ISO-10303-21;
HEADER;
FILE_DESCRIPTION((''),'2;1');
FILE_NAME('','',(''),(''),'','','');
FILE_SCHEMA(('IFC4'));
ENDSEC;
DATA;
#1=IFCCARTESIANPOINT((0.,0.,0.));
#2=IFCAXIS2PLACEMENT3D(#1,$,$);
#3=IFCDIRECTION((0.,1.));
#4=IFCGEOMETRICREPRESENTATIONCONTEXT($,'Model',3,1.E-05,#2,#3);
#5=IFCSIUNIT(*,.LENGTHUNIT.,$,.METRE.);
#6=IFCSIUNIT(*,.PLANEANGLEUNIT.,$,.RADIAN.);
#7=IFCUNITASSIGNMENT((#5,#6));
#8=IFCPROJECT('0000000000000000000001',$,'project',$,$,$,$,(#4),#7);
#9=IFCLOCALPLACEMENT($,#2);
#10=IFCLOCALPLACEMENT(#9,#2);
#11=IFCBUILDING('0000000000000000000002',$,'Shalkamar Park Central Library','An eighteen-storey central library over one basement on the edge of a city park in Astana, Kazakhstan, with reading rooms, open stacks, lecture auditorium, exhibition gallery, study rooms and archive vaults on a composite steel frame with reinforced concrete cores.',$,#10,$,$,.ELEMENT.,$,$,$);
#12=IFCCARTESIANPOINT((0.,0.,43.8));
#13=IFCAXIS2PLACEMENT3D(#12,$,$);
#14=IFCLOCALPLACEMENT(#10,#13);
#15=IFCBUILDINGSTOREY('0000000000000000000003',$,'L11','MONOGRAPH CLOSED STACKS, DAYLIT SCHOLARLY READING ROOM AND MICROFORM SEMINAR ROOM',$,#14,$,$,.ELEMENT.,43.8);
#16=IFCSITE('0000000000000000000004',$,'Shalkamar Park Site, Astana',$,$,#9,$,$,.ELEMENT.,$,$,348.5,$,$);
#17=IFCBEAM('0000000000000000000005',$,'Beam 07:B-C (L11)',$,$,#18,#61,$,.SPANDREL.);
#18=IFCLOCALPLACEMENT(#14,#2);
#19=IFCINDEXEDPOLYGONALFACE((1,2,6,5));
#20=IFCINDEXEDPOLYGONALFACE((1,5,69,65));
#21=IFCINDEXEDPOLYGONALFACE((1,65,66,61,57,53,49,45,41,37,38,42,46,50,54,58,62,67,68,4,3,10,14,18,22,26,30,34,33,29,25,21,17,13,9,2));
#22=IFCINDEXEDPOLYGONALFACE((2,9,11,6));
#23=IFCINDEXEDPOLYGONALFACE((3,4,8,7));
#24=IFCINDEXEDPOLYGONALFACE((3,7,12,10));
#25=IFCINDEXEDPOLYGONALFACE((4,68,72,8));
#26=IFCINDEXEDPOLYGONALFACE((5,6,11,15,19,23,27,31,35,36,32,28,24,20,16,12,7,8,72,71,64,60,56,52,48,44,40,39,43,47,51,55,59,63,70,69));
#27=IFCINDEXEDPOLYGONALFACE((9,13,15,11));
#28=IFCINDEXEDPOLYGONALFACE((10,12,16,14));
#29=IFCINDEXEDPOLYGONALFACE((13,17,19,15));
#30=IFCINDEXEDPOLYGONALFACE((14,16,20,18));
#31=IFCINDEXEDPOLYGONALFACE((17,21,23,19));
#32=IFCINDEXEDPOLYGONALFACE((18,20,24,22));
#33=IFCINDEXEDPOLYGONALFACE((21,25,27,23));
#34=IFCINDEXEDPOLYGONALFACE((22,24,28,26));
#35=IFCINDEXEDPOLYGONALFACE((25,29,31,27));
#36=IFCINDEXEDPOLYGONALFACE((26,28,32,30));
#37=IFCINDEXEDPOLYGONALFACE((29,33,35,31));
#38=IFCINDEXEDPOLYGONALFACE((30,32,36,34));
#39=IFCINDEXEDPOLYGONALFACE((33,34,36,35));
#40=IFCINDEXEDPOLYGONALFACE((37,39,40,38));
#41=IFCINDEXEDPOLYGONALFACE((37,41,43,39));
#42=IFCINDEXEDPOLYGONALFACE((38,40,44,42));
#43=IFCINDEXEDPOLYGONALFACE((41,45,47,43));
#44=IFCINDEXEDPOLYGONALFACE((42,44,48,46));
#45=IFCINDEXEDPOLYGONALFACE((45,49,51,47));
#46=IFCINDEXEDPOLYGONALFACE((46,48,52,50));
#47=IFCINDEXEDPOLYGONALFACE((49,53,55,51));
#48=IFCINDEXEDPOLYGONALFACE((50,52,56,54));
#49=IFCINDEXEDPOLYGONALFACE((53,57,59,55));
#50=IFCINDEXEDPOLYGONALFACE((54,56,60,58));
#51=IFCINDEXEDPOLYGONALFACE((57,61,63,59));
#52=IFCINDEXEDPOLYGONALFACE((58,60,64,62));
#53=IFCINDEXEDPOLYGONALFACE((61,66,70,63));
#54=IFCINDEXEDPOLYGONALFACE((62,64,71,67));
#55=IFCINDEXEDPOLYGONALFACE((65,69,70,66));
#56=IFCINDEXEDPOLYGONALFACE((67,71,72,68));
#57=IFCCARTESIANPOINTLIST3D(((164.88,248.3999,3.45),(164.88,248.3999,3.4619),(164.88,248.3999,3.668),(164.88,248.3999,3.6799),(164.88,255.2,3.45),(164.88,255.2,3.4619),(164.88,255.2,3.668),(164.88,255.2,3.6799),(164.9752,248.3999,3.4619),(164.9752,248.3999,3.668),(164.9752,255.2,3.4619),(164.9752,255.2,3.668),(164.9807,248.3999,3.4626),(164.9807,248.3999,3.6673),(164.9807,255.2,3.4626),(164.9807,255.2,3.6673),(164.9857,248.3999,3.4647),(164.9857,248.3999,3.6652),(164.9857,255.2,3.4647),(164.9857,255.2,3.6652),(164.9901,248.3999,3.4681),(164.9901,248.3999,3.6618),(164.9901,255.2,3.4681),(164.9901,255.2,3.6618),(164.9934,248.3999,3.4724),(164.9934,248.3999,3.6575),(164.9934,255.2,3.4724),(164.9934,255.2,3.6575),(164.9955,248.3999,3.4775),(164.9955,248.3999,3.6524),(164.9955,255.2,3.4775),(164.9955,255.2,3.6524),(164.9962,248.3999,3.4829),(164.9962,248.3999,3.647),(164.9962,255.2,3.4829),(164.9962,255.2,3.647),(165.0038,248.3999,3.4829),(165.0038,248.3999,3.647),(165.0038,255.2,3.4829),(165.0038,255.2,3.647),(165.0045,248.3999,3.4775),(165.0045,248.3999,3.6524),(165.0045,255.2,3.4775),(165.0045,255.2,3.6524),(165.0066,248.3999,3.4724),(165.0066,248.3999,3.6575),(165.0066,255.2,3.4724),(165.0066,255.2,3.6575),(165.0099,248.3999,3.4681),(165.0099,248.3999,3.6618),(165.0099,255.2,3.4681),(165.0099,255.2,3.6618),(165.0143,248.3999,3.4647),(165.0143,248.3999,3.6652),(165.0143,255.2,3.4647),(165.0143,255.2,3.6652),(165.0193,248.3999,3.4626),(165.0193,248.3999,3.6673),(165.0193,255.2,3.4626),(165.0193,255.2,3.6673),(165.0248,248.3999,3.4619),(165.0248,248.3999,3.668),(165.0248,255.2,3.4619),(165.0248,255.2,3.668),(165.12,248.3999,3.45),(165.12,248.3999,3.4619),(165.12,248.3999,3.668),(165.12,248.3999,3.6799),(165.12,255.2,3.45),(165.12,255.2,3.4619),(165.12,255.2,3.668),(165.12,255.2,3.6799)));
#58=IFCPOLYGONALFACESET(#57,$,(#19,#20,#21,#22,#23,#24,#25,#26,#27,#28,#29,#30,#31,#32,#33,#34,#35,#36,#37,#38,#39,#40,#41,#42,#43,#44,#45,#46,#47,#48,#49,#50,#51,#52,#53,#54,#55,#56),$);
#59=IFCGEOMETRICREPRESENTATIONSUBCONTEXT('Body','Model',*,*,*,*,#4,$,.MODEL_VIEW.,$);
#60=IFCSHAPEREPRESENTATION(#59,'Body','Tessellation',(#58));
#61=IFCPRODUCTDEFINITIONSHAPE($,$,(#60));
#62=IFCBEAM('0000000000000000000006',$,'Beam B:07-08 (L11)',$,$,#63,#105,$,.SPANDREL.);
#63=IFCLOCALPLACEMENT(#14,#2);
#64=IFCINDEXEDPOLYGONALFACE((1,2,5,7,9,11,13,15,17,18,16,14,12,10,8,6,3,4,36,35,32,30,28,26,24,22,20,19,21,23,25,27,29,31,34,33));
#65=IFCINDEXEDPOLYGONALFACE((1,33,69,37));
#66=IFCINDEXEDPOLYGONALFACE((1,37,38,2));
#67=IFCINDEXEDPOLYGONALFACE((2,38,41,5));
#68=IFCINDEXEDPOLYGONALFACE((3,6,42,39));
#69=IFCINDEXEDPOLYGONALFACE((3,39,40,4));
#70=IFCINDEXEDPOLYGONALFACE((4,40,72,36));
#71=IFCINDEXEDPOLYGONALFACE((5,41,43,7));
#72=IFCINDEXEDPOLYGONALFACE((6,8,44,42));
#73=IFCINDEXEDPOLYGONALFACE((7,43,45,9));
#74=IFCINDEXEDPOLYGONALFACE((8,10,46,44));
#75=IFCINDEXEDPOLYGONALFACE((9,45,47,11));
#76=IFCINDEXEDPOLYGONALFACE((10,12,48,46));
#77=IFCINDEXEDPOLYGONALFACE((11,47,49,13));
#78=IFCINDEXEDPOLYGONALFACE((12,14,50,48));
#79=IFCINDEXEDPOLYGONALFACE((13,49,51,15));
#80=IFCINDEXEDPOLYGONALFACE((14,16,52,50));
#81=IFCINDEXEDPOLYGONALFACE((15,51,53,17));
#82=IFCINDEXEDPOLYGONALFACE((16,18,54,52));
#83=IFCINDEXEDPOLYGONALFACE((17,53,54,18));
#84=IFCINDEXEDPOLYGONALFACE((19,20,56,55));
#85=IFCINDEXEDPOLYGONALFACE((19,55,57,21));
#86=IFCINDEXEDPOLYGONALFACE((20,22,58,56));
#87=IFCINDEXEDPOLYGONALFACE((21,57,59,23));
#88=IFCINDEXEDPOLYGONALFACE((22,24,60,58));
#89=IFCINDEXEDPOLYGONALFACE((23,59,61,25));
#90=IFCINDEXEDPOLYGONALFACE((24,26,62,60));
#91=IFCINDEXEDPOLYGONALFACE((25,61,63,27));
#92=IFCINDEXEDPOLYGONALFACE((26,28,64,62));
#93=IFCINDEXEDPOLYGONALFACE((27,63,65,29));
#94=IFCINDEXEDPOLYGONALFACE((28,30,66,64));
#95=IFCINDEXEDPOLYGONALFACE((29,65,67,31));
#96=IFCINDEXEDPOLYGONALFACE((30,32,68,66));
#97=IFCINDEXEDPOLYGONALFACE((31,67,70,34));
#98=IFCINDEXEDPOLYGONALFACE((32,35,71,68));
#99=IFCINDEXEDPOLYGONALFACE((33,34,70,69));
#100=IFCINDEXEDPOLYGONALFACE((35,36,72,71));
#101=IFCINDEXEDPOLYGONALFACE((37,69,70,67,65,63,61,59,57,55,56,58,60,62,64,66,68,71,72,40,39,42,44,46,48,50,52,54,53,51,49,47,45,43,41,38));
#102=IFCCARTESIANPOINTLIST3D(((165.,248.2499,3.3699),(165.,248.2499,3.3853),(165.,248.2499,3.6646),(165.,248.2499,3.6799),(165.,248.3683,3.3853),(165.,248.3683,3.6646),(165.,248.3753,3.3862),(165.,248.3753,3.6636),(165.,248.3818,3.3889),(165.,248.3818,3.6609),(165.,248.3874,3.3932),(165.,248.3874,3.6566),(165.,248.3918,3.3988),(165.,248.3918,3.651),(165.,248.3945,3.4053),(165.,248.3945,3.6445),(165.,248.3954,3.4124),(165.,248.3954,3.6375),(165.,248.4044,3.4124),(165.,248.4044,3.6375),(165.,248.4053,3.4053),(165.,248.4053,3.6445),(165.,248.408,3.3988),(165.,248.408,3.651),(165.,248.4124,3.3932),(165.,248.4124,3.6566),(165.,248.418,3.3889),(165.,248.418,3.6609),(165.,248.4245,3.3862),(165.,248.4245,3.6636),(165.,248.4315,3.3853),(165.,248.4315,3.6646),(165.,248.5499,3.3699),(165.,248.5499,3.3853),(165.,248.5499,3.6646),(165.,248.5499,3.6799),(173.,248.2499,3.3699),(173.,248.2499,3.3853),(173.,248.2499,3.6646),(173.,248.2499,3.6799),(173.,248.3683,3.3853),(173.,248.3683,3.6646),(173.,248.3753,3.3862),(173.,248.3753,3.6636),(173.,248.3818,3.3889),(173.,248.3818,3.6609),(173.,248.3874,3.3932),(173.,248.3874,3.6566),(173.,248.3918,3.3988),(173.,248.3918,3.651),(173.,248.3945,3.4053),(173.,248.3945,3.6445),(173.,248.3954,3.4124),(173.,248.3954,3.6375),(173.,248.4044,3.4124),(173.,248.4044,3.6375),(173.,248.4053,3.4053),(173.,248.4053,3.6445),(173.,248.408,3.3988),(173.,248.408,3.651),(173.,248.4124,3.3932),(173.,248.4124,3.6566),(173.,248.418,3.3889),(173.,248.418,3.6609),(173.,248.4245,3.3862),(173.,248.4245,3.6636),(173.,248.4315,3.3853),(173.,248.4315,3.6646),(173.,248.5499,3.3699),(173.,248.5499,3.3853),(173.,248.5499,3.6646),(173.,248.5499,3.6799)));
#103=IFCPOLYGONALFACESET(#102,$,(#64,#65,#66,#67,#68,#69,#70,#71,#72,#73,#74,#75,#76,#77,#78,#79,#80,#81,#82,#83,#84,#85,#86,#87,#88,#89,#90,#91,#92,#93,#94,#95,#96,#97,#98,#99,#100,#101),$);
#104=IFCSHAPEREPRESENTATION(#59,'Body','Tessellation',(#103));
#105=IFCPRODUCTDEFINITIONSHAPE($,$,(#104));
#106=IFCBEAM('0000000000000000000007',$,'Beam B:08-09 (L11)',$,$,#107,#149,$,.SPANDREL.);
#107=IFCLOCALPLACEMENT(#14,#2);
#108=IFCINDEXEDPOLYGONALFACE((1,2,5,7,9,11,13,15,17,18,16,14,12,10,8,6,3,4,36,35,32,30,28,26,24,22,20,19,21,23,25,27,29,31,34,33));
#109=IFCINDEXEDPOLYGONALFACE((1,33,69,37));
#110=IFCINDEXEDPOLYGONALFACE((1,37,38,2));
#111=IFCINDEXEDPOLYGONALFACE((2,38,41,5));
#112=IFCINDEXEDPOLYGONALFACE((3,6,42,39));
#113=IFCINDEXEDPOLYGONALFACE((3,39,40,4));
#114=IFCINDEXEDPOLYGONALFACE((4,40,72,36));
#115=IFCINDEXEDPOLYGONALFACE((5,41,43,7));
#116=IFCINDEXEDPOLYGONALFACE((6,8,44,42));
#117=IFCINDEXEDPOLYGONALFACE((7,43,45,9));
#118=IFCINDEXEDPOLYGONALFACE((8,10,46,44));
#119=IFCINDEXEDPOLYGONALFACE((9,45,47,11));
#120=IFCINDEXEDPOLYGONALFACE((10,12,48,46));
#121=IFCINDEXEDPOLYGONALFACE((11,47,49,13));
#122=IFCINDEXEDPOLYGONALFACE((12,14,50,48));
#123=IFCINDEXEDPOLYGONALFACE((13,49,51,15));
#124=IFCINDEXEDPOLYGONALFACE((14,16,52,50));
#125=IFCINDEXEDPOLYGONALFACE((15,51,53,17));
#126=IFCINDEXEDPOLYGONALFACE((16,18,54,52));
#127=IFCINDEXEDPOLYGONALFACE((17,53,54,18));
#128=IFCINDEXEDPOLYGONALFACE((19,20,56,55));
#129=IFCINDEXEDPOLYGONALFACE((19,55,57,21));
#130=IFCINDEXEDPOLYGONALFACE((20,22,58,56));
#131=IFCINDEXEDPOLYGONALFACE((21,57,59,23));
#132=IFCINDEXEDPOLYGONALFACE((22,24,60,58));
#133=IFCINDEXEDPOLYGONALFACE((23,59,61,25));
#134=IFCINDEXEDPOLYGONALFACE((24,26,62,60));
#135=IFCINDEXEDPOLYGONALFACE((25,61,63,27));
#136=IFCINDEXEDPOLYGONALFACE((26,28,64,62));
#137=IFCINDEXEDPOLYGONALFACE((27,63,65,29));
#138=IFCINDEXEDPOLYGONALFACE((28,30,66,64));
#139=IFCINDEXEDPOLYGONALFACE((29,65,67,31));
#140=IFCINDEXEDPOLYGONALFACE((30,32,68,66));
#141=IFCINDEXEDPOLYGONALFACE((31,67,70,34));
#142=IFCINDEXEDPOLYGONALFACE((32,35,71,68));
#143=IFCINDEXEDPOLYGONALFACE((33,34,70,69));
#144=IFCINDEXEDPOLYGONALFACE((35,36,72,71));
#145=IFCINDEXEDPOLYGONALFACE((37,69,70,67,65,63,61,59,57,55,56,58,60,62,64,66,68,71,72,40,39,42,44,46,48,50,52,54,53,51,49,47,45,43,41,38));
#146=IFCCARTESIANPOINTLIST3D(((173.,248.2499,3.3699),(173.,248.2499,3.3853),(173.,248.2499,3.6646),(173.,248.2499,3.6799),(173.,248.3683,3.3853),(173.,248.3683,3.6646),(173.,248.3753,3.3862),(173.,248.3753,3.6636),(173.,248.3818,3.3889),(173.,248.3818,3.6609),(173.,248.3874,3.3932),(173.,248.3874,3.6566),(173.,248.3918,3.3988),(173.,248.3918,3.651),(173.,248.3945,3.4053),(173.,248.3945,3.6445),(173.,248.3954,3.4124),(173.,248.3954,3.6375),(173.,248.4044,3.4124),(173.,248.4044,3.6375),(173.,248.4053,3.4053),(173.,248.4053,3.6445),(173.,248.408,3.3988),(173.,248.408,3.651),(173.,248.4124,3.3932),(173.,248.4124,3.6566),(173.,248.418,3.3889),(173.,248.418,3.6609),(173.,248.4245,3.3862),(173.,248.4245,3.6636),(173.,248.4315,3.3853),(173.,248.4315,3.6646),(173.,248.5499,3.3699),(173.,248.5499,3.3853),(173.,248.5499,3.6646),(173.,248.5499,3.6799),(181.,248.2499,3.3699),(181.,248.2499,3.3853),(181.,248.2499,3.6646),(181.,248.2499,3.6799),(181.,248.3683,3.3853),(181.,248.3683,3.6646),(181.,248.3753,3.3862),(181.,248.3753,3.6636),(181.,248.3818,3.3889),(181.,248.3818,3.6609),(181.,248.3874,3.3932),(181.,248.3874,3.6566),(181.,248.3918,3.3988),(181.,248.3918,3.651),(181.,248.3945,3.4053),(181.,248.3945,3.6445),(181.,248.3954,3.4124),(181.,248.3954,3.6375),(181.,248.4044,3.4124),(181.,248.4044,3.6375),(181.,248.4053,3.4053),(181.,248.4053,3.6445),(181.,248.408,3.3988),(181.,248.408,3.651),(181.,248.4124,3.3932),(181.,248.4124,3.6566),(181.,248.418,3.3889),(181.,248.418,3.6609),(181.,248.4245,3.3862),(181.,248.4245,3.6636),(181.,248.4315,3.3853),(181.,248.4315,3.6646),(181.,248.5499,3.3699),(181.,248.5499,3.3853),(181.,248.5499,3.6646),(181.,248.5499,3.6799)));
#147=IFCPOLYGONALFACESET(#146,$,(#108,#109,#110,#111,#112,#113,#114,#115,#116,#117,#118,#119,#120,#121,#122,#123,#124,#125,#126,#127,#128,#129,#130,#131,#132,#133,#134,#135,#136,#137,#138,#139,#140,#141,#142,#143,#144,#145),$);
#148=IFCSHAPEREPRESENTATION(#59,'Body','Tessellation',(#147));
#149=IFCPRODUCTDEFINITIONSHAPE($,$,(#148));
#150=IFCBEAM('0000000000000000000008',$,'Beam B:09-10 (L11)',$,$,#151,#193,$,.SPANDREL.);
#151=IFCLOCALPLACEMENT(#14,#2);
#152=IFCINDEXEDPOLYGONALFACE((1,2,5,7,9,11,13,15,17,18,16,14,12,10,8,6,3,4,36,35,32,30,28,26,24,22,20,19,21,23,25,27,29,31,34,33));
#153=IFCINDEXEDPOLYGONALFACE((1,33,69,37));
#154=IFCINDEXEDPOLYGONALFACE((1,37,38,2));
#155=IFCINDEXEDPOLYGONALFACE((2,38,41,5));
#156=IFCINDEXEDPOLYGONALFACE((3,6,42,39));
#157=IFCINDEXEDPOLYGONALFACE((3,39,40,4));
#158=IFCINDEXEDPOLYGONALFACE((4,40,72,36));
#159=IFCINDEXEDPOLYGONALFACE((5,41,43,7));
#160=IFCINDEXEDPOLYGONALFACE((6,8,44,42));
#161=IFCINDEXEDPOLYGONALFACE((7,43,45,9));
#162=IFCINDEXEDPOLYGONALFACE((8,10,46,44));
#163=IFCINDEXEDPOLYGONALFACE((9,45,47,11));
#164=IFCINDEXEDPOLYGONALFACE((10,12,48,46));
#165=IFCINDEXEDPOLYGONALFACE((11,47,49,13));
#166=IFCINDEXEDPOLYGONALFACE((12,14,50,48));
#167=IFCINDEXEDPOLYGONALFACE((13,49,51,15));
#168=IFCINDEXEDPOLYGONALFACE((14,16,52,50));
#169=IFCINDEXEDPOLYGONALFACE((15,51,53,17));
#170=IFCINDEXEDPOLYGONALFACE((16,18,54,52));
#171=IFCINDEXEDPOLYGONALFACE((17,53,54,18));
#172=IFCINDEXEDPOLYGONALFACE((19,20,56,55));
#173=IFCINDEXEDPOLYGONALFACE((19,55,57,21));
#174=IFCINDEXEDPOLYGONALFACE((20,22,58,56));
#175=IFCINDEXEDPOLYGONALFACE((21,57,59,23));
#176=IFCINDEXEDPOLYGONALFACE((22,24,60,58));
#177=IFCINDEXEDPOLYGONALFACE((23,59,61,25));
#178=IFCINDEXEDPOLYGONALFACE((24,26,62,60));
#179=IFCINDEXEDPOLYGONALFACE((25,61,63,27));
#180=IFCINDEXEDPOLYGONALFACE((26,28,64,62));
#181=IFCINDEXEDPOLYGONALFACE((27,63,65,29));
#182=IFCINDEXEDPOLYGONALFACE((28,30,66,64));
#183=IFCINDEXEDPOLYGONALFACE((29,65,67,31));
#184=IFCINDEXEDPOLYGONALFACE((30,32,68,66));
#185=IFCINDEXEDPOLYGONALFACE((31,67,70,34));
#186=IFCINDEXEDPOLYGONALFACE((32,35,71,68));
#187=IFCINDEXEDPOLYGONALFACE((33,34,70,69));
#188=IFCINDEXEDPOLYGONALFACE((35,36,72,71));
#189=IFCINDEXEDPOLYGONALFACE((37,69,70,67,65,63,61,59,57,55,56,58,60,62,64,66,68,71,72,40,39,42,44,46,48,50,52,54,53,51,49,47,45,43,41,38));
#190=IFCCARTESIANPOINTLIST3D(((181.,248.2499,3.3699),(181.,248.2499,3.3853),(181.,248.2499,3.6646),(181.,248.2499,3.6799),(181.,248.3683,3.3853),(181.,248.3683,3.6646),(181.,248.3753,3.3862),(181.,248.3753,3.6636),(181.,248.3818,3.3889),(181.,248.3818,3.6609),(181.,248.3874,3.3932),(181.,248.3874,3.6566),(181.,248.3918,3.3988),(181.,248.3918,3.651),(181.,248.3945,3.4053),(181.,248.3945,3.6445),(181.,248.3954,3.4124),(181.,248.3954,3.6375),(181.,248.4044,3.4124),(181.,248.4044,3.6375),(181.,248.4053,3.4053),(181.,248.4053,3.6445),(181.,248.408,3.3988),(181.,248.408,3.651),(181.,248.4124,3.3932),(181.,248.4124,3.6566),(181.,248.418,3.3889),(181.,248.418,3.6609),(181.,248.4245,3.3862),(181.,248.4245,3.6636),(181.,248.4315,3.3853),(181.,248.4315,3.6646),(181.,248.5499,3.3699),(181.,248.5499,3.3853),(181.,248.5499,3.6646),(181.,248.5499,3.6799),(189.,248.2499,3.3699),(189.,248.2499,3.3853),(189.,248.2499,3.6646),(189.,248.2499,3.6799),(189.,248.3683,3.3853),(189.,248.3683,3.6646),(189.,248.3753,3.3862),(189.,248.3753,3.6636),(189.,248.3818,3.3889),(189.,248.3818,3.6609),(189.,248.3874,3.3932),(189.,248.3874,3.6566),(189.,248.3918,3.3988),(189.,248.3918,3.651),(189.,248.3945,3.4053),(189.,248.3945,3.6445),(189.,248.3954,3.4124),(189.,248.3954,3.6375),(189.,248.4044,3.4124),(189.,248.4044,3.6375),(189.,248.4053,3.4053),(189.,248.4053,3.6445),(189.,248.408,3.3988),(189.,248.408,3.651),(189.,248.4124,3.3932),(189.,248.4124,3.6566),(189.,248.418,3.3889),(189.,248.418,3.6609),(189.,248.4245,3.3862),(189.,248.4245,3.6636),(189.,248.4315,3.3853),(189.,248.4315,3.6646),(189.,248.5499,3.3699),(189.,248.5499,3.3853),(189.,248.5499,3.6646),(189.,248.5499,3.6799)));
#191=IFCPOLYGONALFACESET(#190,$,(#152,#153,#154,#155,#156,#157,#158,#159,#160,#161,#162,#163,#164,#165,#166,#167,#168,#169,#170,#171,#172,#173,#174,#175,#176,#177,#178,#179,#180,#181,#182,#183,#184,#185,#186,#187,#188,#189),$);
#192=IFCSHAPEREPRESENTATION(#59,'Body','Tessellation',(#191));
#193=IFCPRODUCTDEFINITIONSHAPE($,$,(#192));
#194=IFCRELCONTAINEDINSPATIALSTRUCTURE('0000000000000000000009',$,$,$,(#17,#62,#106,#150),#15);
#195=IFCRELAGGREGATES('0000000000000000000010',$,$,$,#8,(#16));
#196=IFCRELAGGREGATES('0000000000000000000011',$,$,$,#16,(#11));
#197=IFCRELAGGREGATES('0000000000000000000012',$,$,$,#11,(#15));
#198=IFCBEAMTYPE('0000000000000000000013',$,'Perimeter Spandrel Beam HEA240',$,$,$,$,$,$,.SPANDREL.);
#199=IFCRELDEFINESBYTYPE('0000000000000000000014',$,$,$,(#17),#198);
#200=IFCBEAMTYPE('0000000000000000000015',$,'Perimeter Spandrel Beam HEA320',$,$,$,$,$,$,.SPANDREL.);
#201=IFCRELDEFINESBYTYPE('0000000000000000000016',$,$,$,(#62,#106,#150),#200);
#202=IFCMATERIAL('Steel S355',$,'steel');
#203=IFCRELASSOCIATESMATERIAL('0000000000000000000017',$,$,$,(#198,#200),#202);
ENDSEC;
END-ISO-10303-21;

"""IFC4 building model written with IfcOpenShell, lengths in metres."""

from ifc_helpers import new_model, si_unit, direction, frame, origin, origin_2d, place, context, subcontext, project, spatial, i_section, extrude, material, material_profile, profile_set, type_object, element, save


model = new_model("IFC4")

# Units and contexts
model_context = context("Model", 3, precision=1e-05, world=origin(), true_north=direction((0.0, 1.0)))
body_context = subcontext(model_context, "Body", "Model", "MODEL_VIEW")
ifc_project = project(units=[si_unit("LENGTHUNIT", "METRE"), si_unit("PLANEANGLEUNIT", "RADIAN")], contexts=[model_context])

# Site, building, storey
site_placement = place(None, origin())
site = spatial("IfcSite", under=ifc_project, at=site_placement, Name="Shalkamar Park Site, Astana", CompositionType="ELEMENT", RefElevation=348.5)
building_placement = place(site_placement, origin())
building = spatial("IfcBuilding", under=site, at=building_placement, Name="Shalkamar Park Central Library", Description="An eighteen-storey central library over one basement on the edge of a city park in Astana, Kazakhstan, with reading rooms, open stacks, lecture auditorium, exhibition gallery, study rooms and archive vaults on a composite steel frame with reinforced concrete cores.", CompositionType="ELEMENT")
storey_placement = place(building_placement, frame((0.0, 0.0, 43.8)))
storey = spatial("IfcBuildingStorey", under=building, at=storey_placement, Name="L11", Description="MONOGRAPH CLOSED STACKS, DAYLIT SCHOLARLY READING ROOM AND MICROFORM SEMINAR ROOM", CompositionType="ELEMENT", Elevation=43.8)

# Shared definitions
ifc_material_1 = material(Name="Steel S355", Category="steel")

# Beams
ifc_material_profile_1 = material_profile(ifc_material_1, i_section(OverallWidth=0.24, OverallDepth=0.23, WebThickness=0.0076, FlangeThickness=0.012, FilletRadius=0.021, at=origin_2d()), Name="HEA 240")
ifc_profile_set_1 = profile_set([ifc_material_profile_1], Name="Steel S355")
beam_type_1 = type_object("IfcBeamType", Name="Perimeter Spandrel Beam HEA240", PredefinedType="SPANDREL", material=ifc_profile_set_1)
beam_placement = place(storey_placement, frame((165.0, 248.3999, 3.5649), z_axis=(0.0, 1.0, 0.0), x_axis=(-1.0, 0.0, 0.0)))
element("IfcBeam", 1, at=beam_placement, inside=storey, type_object=beam_type_1, Name="Beam 07:B-C (L11)", PredefinedType="SPANDREL", context=body_context, shape_type="SweptSolid", body=[
    extrude(i_section(OverallWidth=0.24, OverallDepth=0.23, WebThickness=0.0076, FlangeThickness=0.012, FilletRadius=0.021, at=origin_2d()), origin(), (0.0, 0.0, 1.0), 6.8),
])
ifc_material_profile_2 = material_profile(ifc_material_1, i_section(OverallWidth=0.3, OverallDepth=0.3101, WebThickness=0.009, FlangeThickness=0.0154, FilletRadius=0.0271, at=origin_2d()), Name="HEA 320")
ifc_profile_set_2 = profile_set([ifc_material_profile_2], Name="Steel S355")
beam_type_2 = type_object("IfcBeamType", Name="Perimeter Spandrel Beam HEA320", PredefinedType="SPANDREL", material=ifc_profile_set_2)
for number, where, z_axis, x_axis, name in (
    (2, (165.0, 248.3999, 3.5249), (1.0, 0.0, 0.0), (0.0, 1.0, 0.0), "Beam B:07-08 (L11)"),
    (3, (173.0, 248.3999, 3.5249), (1.0, 0.0, 0.0), (0.0, 1.0, 0.0), "Beam B:08-09 (L11)"),
    (4, (181.0, 248.3999, 3.5249), (1.0, 0.0, 0.0), (0.0, 1.0, 0.0), "Beam B:09-10 (L11)"),
):
    element("IfcBeam", number, at=place(storey_placement, frame(where, z_axis=z_axis, x_axis=x_axis)), inside=storey, type_object=beam_type_2, Name=name, PredefinedType="SPANDREL", context=body_context, shape_type="SweptSolid", body=[
        extrude(i_section(OverallWidth=0.3, OverallDepth=0.3101, WebThickness=0.009, FlangeThickness=0.0154, FilletRadius=0.0271, at=origin_2d()), origin(), (0.0, 0.0, 1.0), 8.0),
    ])

save(model, "model.ifc")
